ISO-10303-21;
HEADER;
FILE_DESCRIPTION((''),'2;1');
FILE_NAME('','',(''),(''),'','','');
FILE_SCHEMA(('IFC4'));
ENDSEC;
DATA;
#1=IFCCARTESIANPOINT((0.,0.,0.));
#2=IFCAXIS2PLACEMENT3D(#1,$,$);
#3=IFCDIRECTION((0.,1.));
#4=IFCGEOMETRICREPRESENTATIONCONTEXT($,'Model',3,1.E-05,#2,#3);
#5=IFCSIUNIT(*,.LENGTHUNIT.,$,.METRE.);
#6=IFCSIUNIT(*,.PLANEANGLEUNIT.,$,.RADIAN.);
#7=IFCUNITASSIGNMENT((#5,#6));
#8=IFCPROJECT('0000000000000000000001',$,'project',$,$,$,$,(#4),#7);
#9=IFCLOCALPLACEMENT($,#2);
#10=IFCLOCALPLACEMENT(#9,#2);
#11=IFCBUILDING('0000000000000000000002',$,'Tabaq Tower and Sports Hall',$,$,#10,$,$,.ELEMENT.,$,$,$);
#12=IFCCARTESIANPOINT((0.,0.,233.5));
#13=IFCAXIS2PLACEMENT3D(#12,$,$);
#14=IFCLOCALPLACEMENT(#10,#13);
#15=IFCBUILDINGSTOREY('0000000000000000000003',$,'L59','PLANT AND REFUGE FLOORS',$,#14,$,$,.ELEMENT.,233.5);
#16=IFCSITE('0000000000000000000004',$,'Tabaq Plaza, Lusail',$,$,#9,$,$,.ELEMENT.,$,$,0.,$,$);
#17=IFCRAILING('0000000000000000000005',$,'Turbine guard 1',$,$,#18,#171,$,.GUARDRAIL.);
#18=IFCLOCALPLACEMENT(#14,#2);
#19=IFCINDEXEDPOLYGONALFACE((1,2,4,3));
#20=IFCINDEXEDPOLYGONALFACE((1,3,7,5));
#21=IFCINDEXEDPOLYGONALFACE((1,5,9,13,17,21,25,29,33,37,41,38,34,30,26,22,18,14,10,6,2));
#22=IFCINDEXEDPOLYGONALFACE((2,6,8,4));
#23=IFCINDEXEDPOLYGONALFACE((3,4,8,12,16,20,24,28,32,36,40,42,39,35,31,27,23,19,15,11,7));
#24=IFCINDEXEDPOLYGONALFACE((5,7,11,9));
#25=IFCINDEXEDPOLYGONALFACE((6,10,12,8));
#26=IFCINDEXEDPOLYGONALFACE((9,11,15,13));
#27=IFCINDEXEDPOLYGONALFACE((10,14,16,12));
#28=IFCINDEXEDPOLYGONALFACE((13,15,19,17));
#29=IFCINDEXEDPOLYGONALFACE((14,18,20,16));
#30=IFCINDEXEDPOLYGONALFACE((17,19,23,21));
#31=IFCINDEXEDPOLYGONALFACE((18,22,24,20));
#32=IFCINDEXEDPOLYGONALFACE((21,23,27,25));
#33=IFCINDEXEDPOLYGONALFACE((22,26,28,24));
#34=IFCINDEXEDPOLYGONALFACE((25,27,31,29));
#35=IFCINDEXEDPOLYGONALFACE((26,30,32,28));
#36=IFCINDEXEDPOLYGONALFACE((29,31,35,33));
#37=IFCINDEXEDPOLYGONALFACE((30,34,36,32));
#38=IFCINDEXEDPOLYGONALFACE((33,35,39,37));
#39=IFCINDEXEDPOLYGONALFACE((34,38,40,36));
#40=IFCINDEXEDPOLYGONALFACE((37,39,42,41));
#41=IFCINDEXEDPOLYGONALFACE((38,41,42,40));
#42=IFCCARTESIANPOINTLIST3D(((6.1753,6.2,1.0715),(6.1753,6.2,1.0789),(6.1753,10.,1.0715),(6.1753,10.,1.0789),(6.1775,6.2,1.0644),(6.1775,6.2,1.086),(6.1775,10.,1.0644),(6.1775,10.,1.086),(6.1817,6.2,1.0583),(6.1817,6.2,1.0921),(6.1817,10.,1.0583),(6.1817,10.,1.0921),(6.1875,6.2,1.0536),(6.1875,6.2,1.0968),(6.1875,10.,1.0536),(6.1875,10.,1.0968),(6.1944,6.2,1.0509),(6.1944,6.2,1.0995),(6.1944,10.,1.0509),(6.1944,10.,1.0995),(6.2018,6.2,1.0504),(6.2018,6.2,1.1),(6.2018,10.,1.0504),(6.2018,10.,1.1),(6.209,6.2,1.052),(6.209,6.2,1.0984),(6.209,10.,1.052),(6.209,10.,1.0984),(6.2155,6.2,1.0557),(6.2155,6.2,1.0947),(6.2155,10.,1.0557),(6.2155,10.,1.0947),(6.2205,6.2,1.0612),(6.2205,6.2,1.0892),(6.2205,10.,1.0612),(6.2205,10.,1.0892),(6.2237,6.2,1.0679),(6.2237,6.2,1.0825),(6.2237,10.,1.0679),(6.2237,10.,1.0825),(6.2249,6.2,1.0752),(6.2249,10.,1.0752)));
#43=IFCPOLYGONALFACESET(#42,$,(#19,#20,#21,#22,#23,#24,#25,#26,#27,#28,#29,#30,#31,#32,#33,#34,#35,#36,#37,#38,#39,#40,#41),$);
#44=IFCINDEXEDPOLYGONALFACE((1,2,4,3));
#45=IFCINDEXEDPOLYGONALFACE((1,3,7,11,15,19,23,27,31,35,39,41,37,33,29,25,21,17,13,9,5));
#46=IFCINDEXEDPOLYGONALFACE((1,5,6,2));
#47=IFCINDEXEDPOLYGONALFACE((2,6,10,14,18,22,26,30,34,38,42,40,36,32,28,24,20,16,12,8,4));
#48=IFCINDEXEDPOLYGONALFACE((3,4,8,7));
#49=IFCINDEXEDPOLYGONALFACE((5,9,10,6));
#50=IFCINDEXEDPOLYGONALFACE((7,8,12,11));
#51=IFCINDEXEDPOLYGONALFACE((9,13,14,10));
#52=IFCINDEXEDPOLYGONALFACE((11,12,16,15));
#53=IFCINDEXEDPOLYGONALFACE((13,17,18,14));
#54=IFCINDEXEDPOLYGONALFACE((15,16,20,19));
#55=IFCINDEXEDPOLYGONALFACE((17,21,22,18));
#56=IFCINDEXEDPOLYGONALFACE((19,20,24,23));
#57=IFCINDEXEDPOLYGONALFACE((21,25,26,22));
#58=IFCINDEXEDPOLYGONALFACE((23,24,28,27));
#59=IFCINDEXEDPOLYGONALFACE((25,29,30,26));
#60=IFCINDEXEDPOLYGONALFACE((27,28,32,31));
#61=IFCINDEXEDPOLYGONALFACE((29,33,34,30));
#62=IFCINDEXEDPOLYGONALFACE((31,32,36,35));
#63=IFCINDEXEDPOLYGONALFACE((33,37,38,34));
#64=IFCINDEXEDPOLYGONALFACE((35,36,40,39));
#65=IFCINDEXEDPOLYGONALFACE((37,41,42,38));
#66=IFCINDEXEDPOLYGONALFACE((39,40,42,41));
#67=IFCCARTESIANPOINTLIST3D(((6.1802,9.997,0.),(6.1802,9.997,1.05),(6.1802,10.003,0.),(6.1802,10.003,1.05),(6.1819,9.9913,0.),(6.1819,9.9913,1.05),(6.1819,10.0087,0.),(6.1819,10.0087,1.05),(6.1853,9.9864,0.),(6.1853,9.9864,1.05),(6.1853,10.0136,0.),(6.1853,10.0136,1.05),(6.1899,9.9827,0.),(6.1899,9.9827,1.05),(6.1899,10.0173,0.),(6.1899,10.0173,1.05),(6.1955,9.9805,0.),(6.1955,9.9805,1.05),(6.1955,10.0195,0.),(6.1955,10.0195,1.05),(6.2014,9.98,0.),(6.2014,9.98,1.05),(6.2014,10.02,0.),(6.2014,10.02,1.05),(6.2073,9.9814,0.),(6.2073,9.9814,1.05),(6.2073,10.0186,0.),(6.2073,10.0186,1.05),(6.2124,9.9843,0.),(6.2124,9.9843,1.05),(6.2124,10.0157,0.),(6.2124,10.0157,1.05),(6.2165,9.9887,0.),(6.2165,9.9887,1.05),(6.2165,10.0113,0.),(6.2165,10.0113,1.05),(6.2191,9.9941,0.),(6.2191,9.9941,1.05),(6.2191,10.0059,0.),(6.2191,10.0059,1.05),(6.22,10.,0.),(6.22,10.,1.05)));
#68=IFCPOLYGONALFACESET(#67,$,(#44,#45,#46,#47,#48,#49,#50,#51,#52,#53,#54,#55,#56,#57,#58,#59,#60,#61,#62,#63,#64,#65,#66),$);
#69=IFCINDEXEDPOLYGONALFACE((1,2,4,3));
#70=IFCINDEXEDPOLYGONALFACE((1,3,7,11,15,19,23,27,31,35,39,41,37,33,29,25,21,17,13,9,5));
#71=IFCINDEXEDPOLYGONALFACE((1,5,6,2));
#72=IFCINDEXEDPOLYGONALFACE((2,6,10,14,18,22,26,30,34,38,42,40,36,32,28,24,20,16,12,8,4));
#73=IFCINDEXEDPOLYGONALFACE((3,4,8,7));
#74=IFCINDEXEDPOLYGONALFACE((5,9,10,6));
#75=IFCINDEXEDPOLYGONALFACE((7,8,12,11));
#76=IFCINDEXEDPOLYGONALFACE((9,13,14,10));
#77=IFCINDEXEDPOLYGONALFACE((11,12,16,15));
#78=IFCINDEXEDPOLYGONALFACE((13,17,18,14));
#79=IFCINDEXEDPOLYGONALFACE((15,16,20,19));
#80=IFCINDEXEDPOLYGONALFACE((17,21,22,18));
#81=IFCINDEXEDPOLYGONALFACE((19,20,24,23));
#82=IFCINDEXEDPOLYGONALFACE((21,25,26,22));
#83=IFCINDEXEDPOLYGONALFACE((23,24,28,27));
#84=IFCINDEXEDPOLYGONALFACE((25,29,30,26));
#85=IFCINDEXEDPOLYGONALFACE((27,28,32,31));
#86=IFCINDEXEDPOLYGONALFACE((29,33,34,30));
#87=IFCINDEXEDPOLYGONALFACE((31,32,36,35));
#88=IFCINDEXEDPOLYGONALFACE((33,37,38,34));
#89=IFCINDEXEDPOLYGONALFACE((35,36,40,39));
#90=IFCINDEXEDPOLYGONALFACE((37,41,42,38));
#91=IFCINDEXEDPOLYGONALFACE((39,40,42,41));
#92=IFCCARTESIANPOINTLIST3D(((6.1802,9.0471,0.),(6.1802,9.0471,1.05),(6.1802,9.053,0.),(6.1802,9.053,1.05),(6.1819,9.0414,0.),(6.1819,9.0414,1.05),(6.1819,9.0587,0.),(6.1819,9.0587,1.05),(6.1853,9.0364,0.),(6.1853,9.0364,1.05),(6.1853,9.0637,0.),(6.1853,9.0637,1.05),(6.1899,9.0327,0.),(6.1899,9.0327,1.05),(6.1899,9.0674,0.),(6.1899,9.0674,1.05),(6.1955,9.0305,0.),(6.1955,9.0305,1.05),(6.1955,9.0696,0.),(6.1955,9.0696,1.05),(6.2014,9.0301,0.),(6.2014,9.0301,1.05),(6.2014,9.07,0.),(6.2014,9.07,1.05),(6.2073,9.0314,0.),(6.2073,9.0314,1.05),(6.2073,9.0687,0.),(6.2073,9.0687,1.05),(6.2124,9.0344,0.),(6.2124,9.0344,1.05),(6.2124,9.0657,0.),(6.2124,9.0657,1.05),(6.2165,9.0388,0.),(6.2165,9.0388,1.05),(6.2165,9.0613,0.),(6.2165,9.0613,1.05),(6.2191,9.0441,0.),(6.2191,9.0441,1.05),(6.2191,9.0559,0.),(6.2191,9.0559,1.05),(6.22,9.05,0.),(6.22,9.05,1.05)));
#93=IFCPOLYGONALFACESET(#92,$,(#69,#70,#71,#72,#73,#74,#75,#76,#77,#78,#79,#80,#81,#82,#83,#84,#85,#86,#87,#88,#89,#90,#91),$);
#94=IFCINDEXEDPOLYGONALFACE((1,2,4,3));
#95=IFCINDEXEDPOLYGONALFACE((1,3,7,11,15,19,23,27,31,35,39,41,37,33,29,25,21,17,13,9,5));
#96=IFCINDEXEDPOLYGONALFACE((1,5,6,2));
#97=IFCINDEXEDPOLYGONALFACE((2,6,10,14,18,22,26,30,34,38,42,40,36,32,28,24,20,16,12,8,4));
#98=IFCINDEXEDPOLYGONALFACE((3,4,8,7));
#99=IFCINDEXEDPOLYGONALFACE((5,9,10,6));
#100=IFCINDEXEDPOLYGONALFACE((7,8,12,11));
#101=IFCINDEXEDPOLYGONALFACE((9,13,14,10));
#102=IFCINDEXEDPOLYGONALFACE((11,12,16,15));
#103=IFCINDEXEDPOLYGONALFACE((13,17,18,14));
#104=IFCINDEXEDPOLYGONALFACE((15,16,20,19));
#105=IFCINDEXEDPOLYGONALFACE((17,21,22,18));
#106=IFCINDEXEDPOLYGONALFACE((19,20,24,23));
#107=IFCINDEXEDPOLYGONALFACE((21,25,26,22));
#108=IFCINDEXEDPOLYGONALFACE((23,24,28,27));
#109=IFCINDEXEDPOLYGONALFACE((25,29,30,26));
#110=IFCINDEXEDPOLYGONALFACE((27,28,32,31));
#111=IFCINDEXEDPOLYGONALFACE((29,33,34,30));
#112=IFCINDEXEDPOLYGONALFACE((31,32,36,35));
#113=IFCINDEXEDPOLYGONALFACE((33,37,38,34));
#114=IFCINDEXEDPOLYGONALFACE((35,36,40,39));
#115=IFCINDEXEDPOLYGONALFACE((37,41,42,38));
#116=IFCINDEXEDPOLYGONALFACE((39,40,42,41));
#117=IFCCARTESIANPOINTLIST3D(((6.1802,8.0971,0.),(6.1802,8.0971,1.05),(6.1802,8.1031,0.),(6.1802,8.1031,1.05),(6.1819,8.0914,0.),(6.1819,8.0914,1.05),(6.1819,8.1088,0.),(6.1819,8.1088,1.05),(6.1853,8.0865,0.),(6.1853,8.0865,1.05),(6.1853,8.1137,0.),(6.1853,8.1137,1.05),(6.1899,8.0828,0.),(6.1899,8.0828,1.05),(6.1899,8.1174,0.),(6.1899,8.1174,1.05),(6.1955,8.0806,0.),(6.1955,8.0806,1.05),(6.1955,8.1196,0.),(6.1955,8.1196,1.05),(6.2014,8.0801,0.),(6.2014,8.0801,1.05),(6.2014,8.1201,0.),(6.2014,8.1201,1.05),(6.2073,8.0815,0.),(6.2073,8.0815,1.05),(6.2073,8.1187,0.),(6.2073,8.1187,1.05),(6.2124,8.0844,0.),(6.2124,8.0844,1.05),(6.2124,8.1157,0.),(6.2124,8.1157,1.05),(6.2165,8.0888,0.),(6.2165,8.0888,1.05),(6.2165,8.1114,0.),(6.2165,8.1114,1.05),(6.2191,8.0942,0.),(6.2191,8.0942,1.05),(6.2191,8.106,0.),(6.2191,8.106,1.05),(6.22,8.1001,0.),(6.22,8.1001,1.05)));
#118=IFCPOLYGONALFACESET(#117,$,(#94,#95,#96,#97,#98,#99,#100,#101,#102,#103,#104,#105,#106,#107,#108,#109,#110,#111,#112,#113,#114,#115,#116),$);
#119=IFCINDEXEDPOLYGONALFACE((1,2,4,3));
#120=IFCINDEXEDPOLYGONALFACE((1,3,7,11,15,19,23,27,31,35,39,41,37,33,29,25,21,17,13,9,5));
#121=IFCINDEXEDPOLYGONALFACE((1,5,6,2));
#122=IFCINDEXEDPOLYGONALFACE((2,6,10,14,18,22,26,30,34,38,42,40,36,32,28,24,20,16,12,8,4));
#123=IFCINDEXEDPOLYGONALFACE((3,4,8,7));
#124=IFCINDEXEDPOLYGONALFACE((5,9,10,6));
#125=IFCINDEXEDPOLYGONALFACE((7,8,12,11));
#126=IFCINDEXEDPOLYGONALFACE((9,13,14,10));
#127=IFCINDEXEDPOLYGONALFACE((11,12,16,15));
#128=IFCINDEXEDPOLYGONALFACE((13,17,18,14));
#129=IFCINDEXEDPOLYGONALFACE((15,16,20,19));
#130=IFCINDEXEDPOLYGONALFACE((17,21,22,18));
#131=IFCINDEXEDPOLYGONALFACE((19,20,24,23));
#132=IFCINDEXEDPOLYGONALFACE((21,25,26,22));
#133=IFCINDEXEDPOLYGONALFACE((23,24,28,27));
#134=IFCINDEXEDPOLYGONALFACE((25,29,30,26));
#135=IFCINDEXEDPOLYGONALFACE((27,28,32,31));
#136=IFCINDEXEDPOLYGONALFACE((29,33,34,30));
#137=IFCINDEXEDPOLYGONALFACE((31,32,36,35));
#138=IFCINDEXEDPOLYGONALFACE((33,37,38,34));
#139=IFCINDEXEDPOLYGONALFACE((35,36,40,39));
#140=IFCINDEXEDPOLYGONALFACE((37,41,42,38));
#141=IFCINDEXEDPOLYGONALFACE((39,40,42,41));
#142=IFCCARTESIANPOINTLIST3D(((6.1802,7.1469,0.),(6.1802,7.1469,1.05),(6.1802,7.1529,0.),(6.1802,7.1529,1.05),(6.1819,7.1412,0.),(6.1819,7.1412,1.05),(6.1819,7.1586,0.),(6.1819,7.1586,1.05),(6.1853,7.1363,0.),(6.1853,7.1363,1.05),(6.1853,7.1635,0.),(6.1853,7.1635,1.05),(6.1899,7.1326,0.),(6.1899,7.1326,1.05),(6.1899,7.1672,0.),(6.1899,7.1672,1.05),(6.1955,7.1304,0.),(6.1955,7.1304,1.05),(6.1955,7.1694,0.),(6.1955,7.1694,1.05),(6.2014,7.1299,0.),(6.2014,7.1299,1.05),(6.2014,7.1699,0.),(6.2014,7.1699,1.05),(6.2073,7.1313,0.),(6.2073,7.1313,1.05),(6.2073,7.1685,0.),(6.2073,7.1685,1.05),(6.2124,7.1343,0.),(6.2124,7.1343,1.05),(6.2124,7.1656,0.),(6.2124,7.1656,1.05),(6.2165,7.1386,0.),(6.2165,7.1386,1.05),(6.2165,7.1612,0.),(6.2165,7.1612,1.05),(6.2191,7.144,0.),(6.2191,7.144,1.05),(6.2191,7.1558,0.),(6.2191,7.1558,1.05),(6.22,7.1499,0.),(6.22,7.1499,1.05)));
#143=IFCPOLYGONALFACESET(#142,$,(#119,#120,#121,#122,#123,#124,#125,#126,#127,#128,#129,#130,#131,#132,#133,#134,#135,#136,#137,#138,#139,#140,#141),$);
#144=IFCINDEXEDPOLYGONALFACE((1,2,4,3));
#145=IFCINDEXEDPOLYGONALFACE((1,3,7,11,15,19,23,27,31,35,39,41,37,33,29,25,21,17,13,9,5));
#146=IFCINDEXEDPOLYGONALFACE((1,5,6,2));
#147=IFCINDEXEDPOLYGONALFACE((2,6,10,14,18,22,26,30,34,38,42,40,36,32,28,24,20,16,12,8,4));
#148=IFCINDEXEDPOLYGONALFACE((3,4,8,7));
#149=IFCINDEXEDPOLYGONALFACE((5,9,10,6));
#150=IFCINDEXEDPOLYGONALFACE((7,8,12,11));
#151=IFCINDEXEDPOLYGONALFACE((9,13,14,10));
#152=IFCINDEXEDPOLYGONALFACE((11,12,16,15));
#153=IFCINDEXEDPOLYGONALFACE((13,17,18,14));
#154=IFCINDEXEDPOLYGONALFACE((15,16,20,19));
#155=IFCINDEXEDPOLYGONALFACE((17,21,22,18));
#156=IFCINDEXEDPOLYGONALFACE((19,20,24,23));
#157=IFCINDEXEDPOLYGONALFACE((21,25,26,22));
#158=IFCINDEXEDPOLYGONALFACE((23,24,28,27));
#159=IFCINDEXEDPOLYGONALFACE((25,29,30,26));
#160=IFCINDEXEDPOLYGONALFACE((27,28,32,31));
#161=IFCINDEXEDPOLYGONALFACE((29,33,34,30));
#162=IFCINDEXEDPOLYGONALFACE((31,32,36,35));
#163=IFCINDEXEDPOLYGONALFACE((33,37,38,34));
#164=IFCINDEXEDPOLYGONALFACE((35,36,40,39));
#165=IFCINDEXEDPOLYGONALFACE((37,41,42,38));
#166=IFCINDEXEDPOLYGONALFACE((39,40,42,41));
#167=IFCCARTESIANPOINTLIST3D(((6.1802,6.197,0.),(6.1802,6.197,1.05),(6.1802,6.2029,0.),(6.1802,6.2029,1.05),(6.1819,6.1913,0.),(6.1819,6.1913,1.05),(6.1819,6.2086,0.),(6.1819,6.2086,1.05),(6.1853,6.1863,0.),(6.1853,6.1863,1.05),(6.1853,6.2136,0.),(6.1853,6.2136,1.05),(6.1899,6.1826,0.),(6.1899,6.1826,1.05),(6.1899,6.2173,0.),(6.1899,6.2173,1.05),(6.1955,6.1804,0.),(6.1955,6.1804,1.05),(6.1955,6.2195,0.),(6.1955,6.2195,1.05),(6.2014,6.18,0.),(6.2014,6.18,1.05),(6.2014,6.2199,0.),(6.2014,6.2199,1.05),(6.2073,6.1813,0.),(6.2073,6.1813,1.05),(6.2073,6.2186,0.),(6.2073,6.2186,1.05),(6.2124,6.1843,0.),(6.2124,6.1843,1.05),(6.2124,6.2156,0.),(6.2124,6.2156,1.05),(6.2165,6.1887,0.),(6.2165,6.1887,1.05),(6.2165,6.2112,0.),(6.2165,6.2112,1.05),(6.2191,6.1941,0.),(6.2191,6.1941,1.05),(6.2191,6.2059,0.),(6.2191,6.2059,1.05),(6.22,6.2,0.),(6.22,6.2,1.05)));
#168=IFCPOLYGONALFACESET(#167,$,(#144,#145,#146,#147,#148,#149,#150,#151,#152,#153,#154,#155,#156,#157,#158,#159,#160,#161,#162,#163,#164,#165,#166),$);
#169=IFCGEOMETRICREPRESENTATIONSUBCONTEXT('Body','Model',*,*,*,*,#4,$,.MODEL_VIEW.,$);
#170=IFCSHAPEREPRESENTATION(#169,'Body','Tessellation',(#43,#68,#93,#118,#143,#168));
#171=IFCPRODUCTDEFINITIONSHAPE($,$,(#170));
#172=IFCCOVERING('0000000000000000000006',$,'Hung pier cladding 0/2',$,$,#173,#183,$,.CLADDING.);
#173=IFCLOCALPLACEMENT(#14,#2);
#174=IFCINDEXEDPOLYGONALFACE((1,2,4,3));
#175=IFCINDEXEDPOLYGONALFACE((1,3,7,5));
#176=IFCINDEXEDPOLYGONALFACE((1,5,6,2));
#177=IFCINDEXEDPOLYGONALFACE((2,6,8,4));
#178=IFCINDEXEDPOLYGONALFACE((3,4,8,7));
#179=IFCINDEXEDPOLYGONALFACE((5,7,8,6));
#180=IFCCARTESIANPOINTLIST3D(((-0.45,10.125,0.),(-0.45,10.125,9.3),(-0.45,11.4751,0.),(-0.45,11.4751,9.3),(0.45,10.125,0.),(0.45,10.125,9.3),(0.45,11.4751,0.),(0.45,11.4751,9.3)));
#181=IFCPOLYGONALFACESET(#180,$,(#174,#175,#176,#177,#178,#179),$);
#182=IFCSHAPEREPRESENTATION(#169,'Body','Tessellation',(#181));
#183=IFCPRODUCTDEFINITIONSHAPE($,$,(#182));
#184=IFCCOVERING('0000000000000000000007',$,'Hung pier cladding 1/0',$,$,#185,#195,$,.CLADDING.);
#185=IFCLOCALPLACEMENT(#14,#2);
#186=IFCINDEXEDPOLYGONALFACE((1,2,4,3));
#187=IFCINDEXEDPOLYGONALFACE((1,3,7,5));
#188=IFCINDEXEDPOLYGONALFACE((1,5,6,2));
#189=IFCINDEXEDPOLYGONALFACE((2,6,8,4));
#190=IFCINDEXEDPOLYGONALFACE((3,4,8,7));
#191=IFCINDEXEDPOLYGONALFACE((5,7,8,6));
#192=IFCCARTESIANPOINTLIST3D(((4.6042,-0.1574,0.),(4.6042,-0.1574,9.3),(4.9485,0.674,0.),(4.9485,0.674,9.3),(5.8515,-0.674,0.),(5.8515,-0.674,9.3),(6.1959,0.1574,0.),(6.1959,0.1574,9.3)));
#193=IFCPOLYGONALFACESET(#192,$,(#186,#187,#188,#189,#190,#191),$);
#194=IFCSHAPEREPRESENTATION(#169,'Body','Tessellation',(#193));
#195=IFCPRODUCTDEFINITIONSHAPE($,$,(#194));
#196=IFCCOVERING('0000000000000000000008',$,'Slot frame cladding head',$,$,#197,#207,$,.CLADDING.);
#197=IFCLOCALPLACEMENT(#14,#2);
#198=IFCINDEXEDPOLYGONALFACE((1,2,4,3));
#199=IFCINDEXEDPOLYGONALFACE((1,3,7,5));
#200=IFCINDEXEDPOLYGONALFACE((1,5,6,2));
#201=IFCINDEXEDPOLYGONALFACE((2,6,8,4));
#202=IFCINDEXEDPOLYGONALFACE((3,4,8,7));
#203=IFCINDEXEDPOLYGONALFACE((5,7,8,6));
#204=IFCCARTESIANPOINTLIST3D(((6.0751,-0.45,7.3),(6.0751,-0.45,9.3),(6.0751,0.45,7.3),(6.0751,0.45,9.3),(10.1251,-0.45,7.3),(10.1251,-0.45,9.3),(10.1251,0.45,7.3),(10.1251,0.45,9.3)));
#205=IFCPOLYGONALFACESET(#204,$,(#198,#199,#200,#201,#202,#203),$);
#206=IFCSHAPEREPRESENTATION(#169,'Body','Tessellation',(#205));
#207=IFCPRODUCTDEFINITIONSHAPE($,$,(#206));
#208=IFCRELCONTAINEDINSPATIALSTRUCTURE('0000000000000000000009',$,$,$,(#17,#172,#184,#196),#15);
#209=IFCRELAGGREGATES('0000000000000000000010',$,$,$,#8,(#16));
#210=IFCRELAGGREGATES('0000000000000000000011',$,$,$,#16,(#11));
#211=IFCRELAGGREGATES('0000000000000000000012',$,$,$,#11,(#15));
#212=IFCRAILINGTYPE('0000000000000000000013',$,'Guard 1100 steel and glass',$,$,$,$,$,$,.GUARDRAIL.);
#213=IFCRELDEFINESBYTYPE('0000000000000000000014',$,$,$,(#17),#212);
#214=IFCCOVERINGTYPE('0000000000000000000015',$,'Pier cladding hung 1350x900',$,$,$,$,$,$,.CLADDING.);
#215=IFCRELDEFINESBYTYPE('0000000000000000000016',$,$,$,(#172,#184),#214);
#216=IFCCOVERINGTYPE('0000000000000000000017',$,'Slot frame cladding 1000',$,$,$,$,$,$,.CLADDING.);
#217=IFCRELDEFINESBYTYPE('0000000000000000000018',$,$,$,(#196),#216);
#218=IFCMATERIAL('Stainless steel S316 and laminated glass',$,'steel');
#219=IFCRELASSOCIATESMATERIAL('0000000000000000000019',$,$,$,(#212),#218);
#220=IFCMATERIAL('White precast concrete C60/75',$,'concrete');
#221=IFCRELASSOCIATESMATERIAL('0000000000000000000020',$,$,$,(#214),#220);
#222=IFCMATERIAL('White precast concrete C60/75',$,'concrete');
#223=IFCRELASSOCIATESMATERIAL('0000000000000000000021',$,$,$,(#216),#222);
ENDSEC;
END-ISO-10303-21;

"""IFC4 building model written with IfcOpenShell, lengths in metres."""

from ifc_helpers import new_model, si_unit, direction, frame, frame_2d, origin, origin_2d, place, context, subcontext, project, spatial, rectangle, circle, extrude, material, type_object, element, save


model = new_model("IFC4")

# Units and contexts
model_context = context("Model", 3, precision=1e-05, world=origin(), true_north=direction((0.0, 1.0)))
body_context = subcontext(model_context, "Body", "Model", "MODEL_VIEW")
ifc_project = project(units=[si_unit("LENGTHUNIT", "METRE"), si_unit("PLANEANGLEUNIT", "RADIAN")], contexts=[model_context])

# Site, building, storey
site_placement = place(None, origin())
site = spatial("IfcSite", under=ifc_project, at=site_placement, Name="Tabaq Plaza, Lusail", CompositionType="ELEMENT", RefElevation=0.0)
building_placement = place(site_placement, origin())
building = spatial("IfcBuilding", under=site, at=building_placement, Name="Tabaq Tower and Sports Hall", CompositionType="ELEMENT")
storey_placement = place(building_placement, frame((0.0, 0.0, 233.5)))
storey = spatial("IfcBuildingStorey", under=building, at=storey_placement, Name="L59", Description="PLANT AND REFUGE FLOORS", CompositionType="ELEMENT", Elevation=233.5)

# Railing
ifc_material_1 = material(Name="Stainless steel S316 and laminated glass", Category="steel")
railing_type = type_object("IfcRailingType", Name="Guard 1100 steel and glass", PredefinedType="GUARDRAIL", material=ifc_material_1)
railing_1_placement = place(storey_placement, frame((6.2, 10.0, 0.0)))
element("IfcRailing", 1, at=railing_1_placement, inside=storey, type_object=railing_type, Name="Turbine guard 1", PredefinedType="GUARDRAIL", context=body_context, shape_type="SweptSolid", body=[
    extrude(circle(Radius=0.0249, at=origin_2d()), frame((0.0, 0.0, 1.0752), z_axis=(0.0, -1.0, 0.0), x_axis=(1.0, 0.0, 0.0)), (0.0, 0.0, 1.0), 3.8),
    extrude(circle(Radius=0.02, at=origin_2d()), origin(), (0.0, 0.0, 1.0), 1.05),
    extrude(circle(Radius=0.02, at=origin_2d()), frame((0.0, -0.95, 0.0)), (0.0, 0.0, 1.0), 1.05),
    extrude(circle(Radius=0.02, at=origin_2d()), frame((0.0, -1.8999, 0.0)), (0.0, 0.0, 1.0), 1.05),
    extrude(circle(Radius=0.02, at=origin_2d()), frame((0.0, -2.8501, 0.0)), (0.0, 0.0, 1.0), 1.05),
    extrude(circle(Radius=0.02, at=origin_2d()), frame((0.0, -3.8, 0.0)), (0.0, 0.0, 1.0), 1.05),
])

# Coverings
ifc_material_2 = material(Name="White precast concrete C60/75", Category="concrete")
covering_type_1 = type_object("IfcCoveringType", Name="Pier cladding hung 1350x900", PredefinedType="CLADDING", material=ifc_material_2)
for number, where, z_axis, x_axis, name in (
    (2, (0.0, 11.4751, 0.0), (0.0, 0.0, 1.0), (0.0, -1.0, 0.0), "Hung pier cladding 0/2"),
    (3, (4.7764, 0.2583, 0.0), (0.0, 0.0, 1.0), (0.923893, -0.38265, 0.0), "Hung pier cladding 1/0"),
):
    element("IfcCovering", number, at=place(storey_placement, frame(where, z_axis=z_axis, x_axis=x_axis)), inside=storey, type_object=covering_type_1, Name=name, PredefinedType="CLADDING", context=body_context, shape_type="SweptSolid", body=[
        extrude(rectangle(XDim=1.3501, YDim=0.8999, at=frame_2d((0.675, 0.0))), origin(), (0.0, 0.0, 1.0), 9.3),
    ])
ifc_material_3 = material(Name="White precast concrete C60/75", Category="concrete")
covering_type_2 = type_object("IfcCoveringType", Name="Slot frame cladding 1000", PredefinedType="CLADDING", material=ifc_material_3)
covering_1_placement = place(storey_placement, frame((8.1001, 0.0, 7.3), z_axis=(0.0, 0.0, 1.0), x_axis=(1.0, 0.0, 0.0)))
element("IfcCovering", 4, at=covering_1_placement, inside=storey, type_object=covering_type_2, Name="Slot frame cladding head", PredefinedType="CLADDING", context=body_context, shape_type="SweptSolid", body=[
    extrude(rectangle(XDim=4.05, YDim=0.8999, at=origin_2d()), origin(), (0.0, 0.0, 1.0), 2.0),
])

save(model, "model.ifc")
